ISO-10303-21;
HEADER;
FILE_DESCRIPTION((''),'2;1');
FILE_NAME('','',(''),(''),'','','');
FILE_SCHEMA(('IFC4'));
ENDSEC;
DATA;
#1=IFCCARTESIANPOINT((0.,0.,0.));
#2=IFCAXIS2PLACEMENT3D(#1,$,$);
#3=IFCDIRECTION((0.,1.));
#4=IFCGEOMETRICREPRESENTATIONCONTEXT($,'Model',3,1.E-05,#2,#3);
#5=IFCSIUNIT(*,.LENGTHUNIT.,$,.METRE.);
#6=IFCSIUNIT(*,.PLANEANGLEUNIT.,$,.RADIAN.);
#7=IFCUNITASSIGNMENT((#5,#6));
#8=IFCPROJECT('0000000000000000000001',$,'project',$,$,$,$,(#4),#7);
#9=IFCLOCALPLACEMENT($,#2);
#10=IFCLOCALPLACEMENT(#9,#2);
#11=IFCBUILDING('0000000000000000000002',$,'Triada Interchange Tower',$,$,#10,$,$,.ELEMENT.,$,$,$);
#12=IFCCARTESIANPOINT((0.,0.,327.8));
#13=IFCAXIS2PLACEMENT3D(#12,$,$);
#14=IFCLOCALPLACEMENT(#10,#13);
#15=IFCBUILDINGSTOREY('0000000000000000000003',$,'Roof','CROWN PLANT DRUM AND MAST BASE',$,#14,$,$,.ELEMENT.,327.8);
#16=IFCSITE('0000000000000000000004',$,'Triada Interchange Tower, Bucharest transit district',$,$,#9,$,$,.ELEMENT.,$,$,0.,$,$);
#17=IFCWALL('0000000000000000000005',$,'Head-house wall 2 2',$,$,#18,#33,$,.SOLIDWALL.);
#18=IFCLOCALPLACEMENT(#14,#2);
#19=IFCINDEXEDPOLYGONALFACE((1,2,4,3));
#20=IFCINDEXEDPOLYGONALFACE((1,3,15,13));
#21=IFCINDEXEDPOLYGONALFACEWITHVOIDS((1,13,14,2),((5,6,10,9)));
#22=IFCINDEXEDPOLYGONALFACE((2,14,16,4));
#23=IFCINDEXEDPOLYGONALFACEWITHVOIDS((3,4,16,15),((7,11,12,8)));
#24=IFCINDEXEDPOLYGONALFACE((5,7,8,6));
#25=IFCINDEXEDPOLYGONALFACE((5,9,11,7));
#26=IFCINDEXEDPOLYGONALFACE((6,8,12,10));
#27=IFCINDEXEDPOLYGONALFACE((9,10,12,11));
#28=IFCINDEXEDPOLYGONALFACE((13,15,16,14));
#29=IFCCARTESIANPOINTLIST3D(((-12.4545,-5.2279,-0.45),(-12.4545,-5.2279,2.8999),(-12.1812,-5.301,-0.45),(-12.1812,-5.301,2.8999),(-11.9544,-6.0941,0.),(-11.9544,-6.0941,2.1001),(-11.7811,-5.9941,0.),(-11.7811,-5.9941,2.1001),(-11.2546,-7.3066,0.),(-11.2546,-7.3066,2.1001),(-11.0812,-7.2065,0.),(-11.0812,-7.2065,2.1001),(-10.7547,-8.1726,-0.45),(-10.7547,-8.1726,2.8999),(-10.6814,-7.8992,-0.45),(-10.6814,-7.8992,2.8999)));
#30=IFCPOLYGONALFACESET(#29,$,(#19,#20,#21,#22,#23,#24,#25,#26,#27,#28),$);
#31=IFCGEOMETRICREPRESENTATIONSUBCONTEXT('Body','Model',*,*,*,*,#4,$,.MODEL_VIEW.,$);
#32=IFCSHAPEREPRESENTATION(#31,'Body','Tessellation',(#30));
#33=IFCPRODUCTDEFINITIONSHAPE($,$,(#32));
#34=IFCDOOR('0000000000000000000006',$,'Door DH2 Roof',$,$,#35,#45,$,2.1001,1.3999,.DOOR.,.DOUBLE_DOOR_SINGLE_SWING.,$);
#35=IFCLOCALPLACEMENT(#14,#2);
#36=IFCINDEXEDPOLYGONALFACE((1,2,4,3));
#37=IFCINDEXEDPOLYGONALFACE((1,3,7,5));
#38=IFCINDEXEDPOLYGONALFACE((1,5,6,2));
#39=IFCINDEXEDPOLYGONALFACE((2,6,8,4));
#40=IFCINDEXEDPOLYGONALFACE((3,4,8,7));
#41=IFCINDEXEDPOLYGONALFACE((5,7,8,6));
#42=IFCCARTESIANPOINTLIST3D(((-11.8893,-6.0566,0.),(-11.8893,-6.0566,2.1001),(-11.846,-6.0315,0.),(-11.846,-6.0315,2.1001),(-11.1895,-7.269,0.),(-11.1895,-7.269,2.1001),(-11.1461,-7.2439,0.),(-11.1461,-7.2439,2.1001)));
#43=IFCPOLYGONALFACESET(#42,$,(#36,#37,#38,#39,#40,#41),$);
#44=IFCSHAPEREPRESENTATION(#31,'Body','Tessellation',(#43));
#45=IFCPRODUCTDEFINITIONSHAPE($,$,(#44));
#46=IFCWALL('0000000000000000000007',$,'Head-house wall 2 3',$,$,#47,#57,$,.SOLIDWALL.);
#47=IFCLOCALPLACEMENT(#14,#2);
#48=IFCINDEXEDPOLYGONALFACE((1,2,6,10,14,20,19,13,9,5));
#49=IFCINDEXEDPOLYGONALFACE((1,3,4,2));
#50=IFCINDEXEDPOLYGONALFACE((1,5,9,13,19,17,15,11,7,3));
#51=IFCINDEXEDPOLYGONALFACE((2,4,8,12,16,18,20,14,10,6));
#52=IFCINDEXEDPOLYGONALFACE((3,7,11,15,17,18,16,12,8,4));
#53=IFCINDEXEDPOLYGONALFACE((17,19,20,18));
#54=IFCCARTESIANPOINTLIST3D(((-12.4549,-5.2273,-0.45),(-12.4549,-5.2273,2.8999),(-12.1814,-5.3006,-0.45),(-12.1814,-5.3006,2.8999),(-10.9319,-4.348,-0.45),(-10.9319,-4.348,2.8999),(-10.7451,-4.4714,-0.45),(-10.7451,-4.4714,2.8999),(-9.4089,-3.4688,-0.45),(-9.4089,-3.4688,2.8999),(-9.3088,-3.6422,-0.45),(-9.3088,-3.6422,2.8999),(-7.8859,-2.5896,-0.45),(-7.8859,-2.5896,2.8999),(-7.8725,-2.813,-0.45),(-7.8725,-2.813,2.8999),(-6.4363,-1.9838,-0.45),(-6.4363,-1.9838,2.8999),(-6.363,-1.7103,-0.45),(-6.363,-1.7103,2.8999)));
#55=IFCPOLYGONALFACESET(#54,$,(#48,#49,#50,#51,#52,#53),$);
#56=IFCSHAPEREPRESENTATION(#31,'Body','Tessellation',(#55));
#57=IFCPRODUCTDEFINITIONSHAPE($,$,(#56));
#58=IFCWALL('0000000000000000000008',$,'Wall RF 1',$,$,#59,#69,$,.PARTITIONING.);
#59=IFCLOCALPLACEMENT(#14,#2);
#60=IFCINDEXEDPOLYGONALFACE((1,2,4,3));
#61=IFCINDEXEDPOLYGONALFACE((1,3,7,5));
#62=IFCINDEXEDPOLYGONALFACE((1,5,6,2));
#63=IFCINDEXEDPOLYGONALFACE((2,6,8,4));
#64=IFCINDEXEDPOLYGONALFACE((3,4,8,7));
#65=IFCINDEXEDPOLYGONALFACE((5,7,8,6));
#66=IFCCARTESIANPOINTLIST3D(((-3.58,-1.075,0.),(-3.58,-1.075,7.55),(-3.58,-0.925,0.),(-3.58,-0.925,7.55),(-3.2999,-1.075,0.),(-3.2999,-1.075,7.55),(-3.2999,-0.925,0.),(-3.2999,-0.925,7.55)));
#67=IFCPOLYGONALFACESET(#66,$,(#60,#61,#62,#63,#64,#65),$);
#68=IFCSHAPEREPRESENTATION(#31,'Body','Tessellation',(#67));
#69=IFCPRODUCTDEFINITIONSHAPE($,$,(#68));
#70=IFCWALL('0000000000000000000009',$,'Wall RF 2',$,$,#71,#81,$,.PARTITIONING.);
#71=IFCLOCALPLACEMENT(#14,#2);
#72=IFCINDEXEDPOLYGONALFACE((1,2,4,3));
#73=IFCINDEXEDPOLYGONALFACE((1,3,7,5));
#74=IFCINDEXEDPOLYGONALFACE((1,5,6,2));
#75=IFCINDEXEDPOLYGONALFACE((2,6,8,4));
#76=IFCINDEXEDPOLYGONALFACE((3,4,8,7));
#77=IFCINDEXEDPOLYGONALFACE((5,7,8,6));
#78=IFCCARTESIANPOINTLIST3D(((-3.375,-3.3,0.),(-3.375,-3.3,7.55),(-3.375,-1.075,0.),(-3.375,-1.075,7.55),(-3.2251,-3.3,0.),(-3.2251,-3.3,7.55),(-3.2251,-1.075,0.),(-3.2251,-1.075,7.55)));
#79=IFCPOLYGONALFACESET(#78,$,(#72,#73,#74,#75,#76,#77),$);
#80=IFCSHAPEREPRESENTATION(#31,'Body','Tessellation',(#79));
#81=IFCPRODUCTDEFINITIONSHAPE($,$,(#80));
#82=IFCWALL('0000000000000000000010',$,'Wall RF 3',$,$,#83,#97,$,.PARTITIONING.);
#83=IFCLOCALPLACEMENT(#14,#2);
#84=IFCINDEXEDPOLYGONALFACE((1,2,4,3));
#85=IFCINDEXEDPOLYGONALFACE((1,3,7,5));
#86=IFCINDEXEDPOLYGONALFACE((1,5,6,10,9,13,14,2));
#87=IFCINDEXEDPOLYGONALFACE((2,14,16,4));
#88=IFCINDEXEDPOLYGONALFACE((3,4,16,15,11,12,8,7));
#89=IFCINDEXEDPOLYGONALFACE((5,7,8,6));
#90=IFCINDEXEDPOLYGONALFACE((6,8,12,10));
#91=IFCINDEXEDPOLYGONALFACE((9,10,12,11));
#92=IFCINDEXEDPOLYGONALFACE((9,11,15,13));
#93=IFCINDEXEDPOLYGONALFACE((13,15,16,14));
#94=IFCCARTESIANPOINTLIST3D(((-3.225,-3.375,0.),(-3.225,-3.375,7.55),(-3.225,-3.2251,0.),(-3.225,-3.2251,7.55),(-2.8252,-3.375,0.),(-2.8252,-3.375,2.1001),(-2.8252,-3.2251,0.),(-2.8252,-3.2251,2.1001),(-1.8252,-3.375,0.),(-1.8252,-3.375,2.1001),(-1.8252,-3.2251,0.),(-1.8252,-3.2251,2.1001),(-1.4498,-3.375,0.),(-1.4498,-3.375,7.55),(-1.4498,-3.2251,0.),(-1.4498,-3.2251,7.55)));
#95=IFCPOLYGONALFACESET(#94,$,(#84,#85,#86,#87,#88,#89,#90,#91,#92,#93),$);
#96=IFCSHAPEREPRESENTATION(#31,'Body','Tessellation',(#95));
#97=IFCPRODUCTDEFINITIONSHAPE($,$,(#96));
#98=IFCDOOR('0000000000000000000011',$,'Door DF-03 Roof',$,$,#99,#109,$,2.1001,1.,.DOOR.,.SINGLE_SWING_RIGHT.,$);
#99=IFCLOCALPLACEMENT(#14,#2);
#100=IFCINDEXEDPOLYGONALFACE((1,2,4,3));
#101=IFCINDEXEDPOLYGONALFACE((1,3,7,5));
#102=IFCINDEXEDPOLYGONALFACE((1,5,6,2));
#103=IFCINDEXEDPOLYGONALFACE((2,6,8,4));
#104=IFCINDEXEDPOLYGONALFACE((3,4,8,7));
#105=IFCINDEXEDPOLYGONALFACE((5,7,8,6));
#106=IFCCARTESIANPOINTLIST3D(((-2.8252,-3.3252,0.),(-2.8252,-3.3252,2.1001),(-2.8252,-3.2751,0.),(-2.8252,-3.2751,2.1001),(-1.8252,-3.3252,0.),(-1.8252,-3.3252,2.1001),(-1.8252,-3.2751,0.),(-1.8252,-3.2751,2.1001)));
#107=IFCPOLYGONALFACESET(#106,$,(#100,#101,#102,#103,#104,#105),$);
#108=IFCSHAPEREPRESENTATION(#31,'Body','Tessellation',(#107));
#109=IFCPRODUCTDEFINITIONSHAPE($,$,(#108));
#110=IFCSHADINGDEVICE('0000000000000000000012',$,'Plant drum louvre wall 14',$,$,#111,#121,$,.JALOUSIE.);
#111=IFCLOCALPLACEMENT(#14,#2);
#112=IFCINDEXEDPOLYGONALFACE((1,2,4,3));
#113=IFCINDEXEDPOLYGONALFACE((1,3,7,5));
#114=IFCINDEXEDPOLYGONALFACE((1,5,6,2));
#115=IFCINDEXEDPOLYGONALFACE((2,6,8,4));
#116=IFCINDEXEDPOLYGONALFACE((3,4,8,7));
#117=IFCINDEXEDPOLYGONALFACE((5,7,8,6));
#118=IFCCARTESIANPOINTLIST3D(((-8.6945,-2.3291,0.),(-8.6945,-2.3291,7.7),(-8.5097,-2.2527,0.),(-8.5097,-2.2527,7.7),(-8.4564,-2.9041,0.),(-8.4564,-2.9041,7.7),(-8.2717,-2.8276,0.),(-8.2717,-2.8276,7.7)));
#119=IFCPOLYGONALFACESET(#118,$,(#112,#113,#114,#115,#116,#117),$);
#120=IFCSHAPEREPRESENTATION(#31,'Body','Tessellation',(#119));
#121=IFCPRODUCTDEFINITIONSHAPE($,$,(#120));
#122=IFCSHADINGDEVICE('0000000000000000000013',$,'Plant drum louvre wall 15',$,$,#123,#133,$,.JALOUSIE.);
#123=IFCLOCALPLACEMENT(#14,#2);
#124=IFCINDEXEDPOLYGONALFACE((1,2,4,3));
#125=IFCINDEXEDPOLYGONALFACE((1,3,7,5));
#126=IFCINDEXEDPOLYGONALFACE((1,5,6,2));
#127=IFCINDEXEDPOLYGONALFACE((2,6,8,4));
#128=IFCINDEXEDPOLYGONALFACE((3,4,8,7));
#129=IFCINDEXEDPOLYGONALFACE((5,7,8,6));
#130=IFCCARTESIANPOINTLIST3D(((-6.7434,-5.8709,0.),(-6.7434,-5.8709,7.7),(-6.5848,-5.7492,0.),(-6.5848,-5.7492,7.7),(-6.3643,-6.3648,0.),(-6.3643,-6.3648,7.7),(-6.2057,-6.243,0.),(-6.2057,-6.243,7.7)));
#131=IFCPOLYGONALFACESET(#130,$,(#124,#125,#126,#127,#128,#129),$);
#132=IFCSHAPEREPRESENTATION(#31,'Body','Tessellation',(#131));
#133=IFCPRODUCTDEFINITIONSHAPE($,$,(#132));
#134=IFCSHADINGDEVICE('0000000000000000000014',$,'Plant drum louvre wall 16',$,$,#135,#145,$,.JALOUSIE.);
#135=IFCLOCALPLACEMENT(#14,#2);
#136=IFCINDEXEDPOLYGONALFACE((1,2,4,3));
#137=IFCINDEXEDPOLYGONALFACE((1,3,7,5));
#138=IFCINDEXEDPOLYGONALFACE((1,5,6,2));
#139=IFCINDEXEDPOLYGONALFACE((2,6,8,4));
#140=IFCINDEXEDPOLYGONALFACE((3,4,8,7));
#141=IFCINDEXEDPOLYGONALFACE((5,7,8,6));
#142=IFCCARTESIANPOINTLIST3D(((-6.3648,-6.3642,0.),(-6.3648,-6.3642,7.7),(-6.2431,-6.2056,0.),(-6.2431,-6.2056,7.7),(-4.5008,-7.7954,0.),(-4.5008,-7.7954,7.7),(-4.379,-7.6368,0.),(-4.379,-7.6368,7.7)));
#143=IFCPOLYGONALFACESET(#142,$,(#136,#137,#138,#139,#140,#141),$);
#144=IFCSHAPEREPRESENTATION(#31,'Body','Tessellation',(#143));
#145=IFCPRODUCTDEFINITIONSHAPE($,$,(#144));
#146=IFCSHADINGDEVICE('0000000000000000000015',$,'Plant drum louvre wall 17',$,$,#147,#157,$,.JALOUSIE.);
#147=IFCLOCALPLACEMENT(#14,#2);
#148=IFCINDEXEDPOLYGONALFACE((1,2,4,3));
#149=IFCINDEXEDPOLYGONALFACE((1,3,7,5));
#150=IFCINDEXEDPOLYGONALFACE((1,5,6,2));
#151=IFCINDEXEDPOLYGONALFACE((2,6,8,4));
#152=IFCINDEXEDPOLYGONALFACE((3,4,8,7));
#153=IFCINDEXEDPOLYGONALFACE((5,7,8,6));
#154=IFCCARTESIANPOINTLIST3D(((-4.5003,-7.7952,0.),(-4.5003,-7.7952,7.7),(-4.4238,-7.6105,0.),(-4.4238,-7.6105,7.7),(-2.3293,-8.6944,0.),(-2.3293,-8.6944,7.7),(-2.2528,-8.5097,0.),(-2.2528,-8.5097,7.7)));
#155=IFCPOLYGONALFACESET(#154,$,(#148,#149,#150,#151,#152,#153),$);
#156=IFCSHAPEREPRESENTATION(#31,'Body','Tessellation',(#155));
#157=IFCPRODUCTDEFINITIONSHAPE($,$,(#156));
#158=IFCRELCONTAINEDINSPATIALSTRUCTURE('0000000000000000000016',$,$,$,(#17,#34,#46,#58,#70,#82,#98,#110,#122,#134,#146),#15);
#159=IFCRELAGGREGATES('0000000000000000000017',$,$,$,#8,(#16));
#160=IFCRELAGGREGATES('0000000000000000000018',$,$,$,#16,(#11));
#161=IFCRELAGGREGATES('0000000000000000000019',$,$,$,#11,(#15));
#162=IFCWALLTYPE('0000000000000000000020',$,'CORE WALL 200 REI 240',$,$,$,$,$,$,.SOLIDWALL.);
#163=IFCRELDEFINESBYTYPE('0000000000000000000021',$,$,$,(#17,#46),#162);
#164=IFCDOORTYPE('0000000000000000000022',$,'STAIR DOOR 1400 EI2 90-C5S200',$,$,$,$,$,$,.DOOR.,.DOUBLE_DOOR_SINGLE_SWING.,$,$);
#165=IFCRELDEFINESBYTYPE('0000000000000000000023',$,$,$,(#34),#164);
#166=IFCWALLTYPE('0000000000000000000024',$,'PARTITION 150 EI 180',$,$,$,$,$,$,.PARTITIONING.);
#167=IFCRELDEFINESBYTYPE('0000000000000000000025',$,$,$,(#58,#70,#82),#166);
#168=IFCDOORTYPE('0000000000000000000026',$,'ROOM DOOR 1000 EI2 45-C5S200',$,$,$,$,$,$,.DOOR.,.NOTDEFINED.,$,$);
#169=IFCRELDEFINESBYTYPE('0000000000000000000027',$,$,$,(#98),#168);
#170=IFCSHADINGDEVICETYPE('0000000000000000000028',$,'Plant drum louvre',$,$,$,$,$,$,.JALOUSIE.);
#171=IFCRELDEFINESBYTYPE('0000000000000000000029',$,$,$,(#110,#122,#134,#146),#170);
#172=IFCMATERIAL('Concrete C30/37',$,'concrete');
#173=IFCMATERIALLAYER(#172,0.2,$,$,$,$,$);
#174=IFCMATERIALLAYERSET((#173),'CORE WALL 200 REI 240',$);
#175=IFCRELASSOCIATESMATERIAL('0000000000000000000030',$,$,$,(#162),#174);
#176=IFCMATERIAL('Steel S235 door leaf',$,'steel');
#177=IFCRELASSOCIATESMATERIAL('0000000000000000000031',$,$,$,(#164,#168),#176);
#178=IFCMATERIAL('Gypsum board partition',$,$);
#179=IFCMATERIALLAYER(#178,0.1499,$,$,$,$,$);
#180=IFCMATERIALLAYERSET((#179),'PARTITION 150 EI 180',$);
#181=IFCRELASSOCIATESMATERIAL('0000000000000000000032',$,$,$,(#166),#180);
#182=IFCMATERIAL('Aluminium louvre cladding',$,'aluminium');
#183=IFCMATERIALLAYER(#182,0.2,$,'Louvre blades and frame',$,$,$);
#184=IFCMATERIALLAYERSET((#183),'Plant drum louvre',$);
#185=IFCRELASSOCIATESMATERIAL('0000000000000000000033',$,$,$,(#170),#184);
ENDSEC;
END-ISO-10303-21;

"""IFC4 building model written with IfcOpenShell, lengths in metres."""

from ifc_helpers import new_model, si_unit, direction, frame, frame_2d, origin, place, context, subcontext, project, spatial, polyline, rectangle, outline, extrude, material, layer, layer_set, type_object, element, fill, save


model = new_model("IFC4")

# Units and contexts
model_context = context("Model", 3, precision=1e-05, world=origin(), true_north=direction((0.0, 1.0)))
body_context = subcontext(model_context, "Body", "Model", "MODEL_VIEW")
ifc_project = project(units=[si_unit("LENGTHUNIT", "METRE"), si_unit("PLANEANGLEUNIT", "RADIAN")], contexts=[model_context])

# Site, building, storey
site_placement = place(None, origin())
site = spatial("IfcSite", under=ifc_project, at=site_placement, Name="Triada Interchange Tower, Bucharest transit district", CompositionType="ELEMENT", RefElevation=0.0)
building_placement = place(site_placement, origin())
building = spatial("IfcBuilding", under=site, at=building_placement, Name="Triada Interchange Tower", CompositionType="ELEMENT")
storey_placement = place(building_placement, frame((0.0, 0.0, 327.8)))
storey = spatial("IfcBuildingStorey", under=building, at=storey_placement, Name="Roof", Description="CROWN PLANT DRUM AND MAST BASE", CompositionType="ELEMENT", Elevation=327.8)

# Shared definitions
ifc_material_1 = material(Name="Concrete C30/37", Category="concrete")
ifc_layer_1 = layer(ifc_material_1, 0.2)
ifc_layer_set_1 = layer_set([ifc_layer_1], Name="CORE WALL 200 REI 240")
wall_type_1 = type_object("IfcWallType", Name="CORE WALL 200 REI 240", PredefinedType="SOLIDWALL", material=ifc_layer_set_1)

# Wall, opening, door
wall_1_placement = place(storey_placement, frame((-10.718, -8.0359, -0.45), z_axis=(0.0, 0.0, 1.0), x_axis=(-0.499929, 0.866066, 0.0)))
wall_1 = element("IfcWall", 1, at=wall_1_placement, inside=storey, type_object=wall_type_1, Name="Head-house wall 2 2", PredefinedType="SOLIDWALL", context=body_context, shape_type="SweptSolid", body=[
    extrude(outline(polyline([(-0.1001, 0.1001), (1.6001, 0.1001), (3.3, 0.1001), (3.1001, -0.1001), (1.6001, -0.1001), (0.1001, -0.1001), (-0.1001, 0.1001)])), origin(), (0.0, 0.0, 1.0), 3.3499),
])
opening_1_placement = place(wall_1_placement, frame((0.8999, 0.0, 0.45)))
opening_1 = element("IfcOpeningElement", 2, at=opening_1_placement, cuts=wall_1, PredefinedType="OPENING", context=body_context, shape_type="SweptSolid", body=[
    extrude(rectangle(XDim=1.3999, YDim=2.1001, at=frame_2d((0.7, 1.05))), frame((0.0, 0.1101, 0.0), z_axis=(0.0, -1.0, 0.0), x_axis=(1.0, 0.0, 0.0)), (0.0, 0.0, 1.0), 0.2202),
])
ifc_material_2 = material(Name="Steel S235 door leaf", Category="steel")
door_type_1 = type_object("IfcDoorType", Name="STAIR DOOR 1400 EI2 90-C5S200", OperationType="DOUBLE_DOOR_SINGLE_SWING", PredefinedType="DOOR", material=ifc_material_2)
door_1_placement = place(opening_1_placement, origin())
door_1 = element("IfcDoor", 3, at=door_1_placement, inside=storey, type_object=door_type_1, Name="Door DH2 Roof", OperationType="DOUBLE_DOOR_SINGLE_SWING", OverallHeight=2.1001, OverallWidth=1.3999, PredefinedType="DOOR", context=body_context, shape_type="SweptSolid", body=[
    extrude(rectangle(XDim=1.3999, YDim=2.1001, at=frame_2d((0.7, 1.05))), frame((0.0, 0.0249, 0.0), z_axis=(0.0, -1.0, 0.0), x_axis=(1.0, 0.0, 0.0)), (0.0, 0.0, 1.0), 0.05),
])
fill(opening_1, door_1)

# Walls
wall_2_placement = place(storey_placement, frame((-12.3181, -5.2639, -0.45), z_axis=(0.0, 0.0, 1.0), x_axis=(0.866039, 0.499977, 0.0)))
element("IfcWall", 4, at=wall_2_placement, inside=storey, type_object=wall_type_1, Name="Head-house wall 2 3", PredefinedType="SOLIDWALL", context=body_context, shape_type="SweptSolid", body=[
    extrude(outline(polyline([(-0.1001, 0.1001), (1.6584, 0.1001), (3.417, 0.1001), (5.1755, 0.1001), (6.9341, 0.1001), (6.7339, -0.1001), (5.0754, -0.1001), (3.417, -0.1001), (1.7585, -0.1001), (0.1001, -0.1001), (-0.1001, 0.1001)])), origin(), (0.0, 0.0, 1.0), 3.3499),
])
ifc_material_3 = material(Name="Gypsum board partition")
ifc_layer_2 = layer(ifc_material_3, 0.1499)
ifc_layer_set_2 = layer_set([ifc_layer_2], Name="PARTITION 150 EI 180")
wall_type_2 = type_object("IfcWallType", Name="PARTITION 150 EI 180", PredefinedType="PARTITIONING", material=ifc_layer_set_2)
wall_3_placement = place(storey_placement, frame((-3.5801, -1.0, 0.0), z_axis=(0.0, 0.0, 1.0), x_axis=(1.0, 0.0, 0.0)))
element("IfcWall", 5, at=wall_3_placement, inside=storey, type_object=wall_type_2, Name="Wall RF 1", PredefinedType="PARTITIONING", context=body_context, shape_type="SweptSolid", body=[
    extrude(rectangle(XDim=0.28, YDim=0.1499, at=frame_2d((0.1401, 0.0))), origin(), (0.0, 0.0, 1.0), 7.55),
])
wall_4_placement = place(storey_placement, frame((-3.3, -3.3, 0.0), z_axis=(0.0, 0.0, 1.0), x_axis=(0.0, 1.0, 0.0)))
element("IfcWall", 6, at=wall_4_placement, inside=storey, type_object=wall_type_2, Name="Wall RF 2", PredefinedType="PARTITIONING", context=body_context, shape_type="SweptSolid", body=[
    extrude(rectangle(XDim=2.2251, YDim=0.1499, at=frame_2d((1.1125, 0.0))), origin(), (0.0, 0.0, 1.0), 7.55),
])

# Wall, opening, door
wall_5_placement = place(storey_placement, frame((-3.2251, -3.3, 0.0), z_axis=(0.0, 0.0, 1.0), x_axis=(1.0, 0.0, 0.0)))
wall_5 = element("IfcWall", 7, at=wall_5_placement, inside=storey, type_object=wall_type_2, Name="Wall RF 3", PredefinedType="PARTITIONING", context=body_context, shape_type="SweptSolid", body=[
    extrude(rectangle(XDim=1.7751, YDim=0.1499, at=frame_2d((0.8877, 0.0))), origin(), (0.0, 0.0, 1.0), 7.55),
])
opening_2_placement = place(wall_5_placement, frame((0.3999, 0.0, 0.0)))
opening_2 = element("IfcOpeningElement", 8, at=opening_2_placement, cuts=wall_5, PredefinedType="OPENING", context=body_context, shape_type="SweptSolid", body=[
    extrude(rectangle(XDim=1.0, YDim=2.1001, at=frame_2d((0.5, 1.05))), frame((0.0, 0.085, 0.0), z_axis=(0.0, -1.0, 0.0), x_axis=(1.0, 0.0, 0.0)), (0.0, 0.0, 1.0), 0.1699),
])
door_type_2 = type_object("IfcDoorType", Name="ROOM DOOR 1000 EI2 45-C5S200", OperationType="NOTDEFINED", PredefinedType="DOOR", material=ifc_material_2)
door_2_placement = place(opening_2_placement, origin())
door_2 = element("IfcDoor", 9, at=door_2_placement, inside=storey, type_object=door_type_2, Name="Door DF-03 Roof", OperationType="SINGLE_SWING_RIGHT", OverallHeight=2.1001, OverallWidth=1.0, PredefinedType="DOOR", context=body_context, shape_type="SweptSolid", body=[
    extrude(rectangle(XDim=1.0, YDim=2.1001, at=frame_2d((0.5, 1.05))), frame((0.0, 0.0249, 0.0), z_axis=(0.0, -1.0, 0.0), x_axis=(1.0, 0.0, 0.0)), (0.0, 0.0, 1.0), 0.05),
])
fill(opening_2, door_2)

# Shading devices
ifc_material_4 = material(Name="Aluminium louvre cladding", Category="aluminium")
ifc_layer_3 = layer(ifc_material_4, 0.2, Name="Louvre blades and frame")
ifc_layer_set_3 = layer_set([ifc_layer_3], Name="Plant drum louvre")
shading_device_type = type_object("IfcShadingDeviceType", Name="Plant drum louvre", PredefinedType="JALOUSIE", material=ifc_layer_set_3)
shading_device_1_placement = place(storey_placement, frame((-8.6021, -2.291, 0.0), z_axis=(0.0, 0.0, 1.0), x_axis=(0.382525, -0.923945, 0.0)))
element("IfcShadingDevice", 10, at=shading_device_1_placement, inside=storey, type_object=shading_device_type, Name="Plant drum louvre wall 14", PredefinedType="JALOUSIE", context=body_context, shape_type="SweptSolid", body=[
    extrude(rectangle(XDim=0.6223, YDim=0.2, at=frame_2d((0.311, 0.0))), origin(), (0.0, 0.0, 1.0), 7.7),
])
shading_device_2_placement = place(storey_placement, frame((-6.6641, -5.8101, 0.0), z_axis=(0.0, 0.0, 1.0), x_axis=(0.608934, -0.793221, 0.0)))
element("IfcShadingDevice", 11, at=shading_device_2_placement, inside=storey, type_object=shading_device_type, Name="Plant drum louvre wall 15", PredefinedType="JALOUSIE", context=body_context, shape_type="SweptSolid", body=[
    extrude(rectangle(XDim=0.6226, YDim=0.2, at=frame_2d((0.3113, 0.0))), origin(), (0.0, 0.0, 1.0), 7.7),
])
shading_device_3_placement = place(storey_placement, frame((-6.304, -6.2849, 0.0), z_axis=(0.0, 0.0, 1.0), x_axis=(0.79318, -0.608988, 0.0)))
element("IfcShadingDevice", 12, at=shading_device_3_placement, inside=storey, type_object=shading_device_type, Name="Plant drum louvre wall 16", PredefinedType="JALOUSIE", context=body_context, shape_type="SweptSolid", body=[
    extrude(rectangle(XDim=2.3501, YDim=0.2, at=frame_2d((1.175, 0.0))), origin(), (0.0, 0.0, 1.0), 7.7),
])
shading_device_4_placement = place(storey_placement, frame((-4.4619, -7.7029, 0.0), z_axis=(0.0, 0.0, 1.0), x_axis=(0.923886, -0.382667, 0.0)))
element("IfcShadingDevice", 13, at=shading_device_4_placement, inside=storey, type_object=shading_device_type, Name="Plant drum louvre wall 17", PredefinedType="JALOUSIE", context=body_context, shape_type="SweptSolid", body=[
    extrude(rectangle(XDim=2.3499, YDim=0.2, at=frame_2d((1.1748, 0.0))), origin(), (0.0, 0.0, 1.0), 7.7),
])

save(model, "model.ifc")
